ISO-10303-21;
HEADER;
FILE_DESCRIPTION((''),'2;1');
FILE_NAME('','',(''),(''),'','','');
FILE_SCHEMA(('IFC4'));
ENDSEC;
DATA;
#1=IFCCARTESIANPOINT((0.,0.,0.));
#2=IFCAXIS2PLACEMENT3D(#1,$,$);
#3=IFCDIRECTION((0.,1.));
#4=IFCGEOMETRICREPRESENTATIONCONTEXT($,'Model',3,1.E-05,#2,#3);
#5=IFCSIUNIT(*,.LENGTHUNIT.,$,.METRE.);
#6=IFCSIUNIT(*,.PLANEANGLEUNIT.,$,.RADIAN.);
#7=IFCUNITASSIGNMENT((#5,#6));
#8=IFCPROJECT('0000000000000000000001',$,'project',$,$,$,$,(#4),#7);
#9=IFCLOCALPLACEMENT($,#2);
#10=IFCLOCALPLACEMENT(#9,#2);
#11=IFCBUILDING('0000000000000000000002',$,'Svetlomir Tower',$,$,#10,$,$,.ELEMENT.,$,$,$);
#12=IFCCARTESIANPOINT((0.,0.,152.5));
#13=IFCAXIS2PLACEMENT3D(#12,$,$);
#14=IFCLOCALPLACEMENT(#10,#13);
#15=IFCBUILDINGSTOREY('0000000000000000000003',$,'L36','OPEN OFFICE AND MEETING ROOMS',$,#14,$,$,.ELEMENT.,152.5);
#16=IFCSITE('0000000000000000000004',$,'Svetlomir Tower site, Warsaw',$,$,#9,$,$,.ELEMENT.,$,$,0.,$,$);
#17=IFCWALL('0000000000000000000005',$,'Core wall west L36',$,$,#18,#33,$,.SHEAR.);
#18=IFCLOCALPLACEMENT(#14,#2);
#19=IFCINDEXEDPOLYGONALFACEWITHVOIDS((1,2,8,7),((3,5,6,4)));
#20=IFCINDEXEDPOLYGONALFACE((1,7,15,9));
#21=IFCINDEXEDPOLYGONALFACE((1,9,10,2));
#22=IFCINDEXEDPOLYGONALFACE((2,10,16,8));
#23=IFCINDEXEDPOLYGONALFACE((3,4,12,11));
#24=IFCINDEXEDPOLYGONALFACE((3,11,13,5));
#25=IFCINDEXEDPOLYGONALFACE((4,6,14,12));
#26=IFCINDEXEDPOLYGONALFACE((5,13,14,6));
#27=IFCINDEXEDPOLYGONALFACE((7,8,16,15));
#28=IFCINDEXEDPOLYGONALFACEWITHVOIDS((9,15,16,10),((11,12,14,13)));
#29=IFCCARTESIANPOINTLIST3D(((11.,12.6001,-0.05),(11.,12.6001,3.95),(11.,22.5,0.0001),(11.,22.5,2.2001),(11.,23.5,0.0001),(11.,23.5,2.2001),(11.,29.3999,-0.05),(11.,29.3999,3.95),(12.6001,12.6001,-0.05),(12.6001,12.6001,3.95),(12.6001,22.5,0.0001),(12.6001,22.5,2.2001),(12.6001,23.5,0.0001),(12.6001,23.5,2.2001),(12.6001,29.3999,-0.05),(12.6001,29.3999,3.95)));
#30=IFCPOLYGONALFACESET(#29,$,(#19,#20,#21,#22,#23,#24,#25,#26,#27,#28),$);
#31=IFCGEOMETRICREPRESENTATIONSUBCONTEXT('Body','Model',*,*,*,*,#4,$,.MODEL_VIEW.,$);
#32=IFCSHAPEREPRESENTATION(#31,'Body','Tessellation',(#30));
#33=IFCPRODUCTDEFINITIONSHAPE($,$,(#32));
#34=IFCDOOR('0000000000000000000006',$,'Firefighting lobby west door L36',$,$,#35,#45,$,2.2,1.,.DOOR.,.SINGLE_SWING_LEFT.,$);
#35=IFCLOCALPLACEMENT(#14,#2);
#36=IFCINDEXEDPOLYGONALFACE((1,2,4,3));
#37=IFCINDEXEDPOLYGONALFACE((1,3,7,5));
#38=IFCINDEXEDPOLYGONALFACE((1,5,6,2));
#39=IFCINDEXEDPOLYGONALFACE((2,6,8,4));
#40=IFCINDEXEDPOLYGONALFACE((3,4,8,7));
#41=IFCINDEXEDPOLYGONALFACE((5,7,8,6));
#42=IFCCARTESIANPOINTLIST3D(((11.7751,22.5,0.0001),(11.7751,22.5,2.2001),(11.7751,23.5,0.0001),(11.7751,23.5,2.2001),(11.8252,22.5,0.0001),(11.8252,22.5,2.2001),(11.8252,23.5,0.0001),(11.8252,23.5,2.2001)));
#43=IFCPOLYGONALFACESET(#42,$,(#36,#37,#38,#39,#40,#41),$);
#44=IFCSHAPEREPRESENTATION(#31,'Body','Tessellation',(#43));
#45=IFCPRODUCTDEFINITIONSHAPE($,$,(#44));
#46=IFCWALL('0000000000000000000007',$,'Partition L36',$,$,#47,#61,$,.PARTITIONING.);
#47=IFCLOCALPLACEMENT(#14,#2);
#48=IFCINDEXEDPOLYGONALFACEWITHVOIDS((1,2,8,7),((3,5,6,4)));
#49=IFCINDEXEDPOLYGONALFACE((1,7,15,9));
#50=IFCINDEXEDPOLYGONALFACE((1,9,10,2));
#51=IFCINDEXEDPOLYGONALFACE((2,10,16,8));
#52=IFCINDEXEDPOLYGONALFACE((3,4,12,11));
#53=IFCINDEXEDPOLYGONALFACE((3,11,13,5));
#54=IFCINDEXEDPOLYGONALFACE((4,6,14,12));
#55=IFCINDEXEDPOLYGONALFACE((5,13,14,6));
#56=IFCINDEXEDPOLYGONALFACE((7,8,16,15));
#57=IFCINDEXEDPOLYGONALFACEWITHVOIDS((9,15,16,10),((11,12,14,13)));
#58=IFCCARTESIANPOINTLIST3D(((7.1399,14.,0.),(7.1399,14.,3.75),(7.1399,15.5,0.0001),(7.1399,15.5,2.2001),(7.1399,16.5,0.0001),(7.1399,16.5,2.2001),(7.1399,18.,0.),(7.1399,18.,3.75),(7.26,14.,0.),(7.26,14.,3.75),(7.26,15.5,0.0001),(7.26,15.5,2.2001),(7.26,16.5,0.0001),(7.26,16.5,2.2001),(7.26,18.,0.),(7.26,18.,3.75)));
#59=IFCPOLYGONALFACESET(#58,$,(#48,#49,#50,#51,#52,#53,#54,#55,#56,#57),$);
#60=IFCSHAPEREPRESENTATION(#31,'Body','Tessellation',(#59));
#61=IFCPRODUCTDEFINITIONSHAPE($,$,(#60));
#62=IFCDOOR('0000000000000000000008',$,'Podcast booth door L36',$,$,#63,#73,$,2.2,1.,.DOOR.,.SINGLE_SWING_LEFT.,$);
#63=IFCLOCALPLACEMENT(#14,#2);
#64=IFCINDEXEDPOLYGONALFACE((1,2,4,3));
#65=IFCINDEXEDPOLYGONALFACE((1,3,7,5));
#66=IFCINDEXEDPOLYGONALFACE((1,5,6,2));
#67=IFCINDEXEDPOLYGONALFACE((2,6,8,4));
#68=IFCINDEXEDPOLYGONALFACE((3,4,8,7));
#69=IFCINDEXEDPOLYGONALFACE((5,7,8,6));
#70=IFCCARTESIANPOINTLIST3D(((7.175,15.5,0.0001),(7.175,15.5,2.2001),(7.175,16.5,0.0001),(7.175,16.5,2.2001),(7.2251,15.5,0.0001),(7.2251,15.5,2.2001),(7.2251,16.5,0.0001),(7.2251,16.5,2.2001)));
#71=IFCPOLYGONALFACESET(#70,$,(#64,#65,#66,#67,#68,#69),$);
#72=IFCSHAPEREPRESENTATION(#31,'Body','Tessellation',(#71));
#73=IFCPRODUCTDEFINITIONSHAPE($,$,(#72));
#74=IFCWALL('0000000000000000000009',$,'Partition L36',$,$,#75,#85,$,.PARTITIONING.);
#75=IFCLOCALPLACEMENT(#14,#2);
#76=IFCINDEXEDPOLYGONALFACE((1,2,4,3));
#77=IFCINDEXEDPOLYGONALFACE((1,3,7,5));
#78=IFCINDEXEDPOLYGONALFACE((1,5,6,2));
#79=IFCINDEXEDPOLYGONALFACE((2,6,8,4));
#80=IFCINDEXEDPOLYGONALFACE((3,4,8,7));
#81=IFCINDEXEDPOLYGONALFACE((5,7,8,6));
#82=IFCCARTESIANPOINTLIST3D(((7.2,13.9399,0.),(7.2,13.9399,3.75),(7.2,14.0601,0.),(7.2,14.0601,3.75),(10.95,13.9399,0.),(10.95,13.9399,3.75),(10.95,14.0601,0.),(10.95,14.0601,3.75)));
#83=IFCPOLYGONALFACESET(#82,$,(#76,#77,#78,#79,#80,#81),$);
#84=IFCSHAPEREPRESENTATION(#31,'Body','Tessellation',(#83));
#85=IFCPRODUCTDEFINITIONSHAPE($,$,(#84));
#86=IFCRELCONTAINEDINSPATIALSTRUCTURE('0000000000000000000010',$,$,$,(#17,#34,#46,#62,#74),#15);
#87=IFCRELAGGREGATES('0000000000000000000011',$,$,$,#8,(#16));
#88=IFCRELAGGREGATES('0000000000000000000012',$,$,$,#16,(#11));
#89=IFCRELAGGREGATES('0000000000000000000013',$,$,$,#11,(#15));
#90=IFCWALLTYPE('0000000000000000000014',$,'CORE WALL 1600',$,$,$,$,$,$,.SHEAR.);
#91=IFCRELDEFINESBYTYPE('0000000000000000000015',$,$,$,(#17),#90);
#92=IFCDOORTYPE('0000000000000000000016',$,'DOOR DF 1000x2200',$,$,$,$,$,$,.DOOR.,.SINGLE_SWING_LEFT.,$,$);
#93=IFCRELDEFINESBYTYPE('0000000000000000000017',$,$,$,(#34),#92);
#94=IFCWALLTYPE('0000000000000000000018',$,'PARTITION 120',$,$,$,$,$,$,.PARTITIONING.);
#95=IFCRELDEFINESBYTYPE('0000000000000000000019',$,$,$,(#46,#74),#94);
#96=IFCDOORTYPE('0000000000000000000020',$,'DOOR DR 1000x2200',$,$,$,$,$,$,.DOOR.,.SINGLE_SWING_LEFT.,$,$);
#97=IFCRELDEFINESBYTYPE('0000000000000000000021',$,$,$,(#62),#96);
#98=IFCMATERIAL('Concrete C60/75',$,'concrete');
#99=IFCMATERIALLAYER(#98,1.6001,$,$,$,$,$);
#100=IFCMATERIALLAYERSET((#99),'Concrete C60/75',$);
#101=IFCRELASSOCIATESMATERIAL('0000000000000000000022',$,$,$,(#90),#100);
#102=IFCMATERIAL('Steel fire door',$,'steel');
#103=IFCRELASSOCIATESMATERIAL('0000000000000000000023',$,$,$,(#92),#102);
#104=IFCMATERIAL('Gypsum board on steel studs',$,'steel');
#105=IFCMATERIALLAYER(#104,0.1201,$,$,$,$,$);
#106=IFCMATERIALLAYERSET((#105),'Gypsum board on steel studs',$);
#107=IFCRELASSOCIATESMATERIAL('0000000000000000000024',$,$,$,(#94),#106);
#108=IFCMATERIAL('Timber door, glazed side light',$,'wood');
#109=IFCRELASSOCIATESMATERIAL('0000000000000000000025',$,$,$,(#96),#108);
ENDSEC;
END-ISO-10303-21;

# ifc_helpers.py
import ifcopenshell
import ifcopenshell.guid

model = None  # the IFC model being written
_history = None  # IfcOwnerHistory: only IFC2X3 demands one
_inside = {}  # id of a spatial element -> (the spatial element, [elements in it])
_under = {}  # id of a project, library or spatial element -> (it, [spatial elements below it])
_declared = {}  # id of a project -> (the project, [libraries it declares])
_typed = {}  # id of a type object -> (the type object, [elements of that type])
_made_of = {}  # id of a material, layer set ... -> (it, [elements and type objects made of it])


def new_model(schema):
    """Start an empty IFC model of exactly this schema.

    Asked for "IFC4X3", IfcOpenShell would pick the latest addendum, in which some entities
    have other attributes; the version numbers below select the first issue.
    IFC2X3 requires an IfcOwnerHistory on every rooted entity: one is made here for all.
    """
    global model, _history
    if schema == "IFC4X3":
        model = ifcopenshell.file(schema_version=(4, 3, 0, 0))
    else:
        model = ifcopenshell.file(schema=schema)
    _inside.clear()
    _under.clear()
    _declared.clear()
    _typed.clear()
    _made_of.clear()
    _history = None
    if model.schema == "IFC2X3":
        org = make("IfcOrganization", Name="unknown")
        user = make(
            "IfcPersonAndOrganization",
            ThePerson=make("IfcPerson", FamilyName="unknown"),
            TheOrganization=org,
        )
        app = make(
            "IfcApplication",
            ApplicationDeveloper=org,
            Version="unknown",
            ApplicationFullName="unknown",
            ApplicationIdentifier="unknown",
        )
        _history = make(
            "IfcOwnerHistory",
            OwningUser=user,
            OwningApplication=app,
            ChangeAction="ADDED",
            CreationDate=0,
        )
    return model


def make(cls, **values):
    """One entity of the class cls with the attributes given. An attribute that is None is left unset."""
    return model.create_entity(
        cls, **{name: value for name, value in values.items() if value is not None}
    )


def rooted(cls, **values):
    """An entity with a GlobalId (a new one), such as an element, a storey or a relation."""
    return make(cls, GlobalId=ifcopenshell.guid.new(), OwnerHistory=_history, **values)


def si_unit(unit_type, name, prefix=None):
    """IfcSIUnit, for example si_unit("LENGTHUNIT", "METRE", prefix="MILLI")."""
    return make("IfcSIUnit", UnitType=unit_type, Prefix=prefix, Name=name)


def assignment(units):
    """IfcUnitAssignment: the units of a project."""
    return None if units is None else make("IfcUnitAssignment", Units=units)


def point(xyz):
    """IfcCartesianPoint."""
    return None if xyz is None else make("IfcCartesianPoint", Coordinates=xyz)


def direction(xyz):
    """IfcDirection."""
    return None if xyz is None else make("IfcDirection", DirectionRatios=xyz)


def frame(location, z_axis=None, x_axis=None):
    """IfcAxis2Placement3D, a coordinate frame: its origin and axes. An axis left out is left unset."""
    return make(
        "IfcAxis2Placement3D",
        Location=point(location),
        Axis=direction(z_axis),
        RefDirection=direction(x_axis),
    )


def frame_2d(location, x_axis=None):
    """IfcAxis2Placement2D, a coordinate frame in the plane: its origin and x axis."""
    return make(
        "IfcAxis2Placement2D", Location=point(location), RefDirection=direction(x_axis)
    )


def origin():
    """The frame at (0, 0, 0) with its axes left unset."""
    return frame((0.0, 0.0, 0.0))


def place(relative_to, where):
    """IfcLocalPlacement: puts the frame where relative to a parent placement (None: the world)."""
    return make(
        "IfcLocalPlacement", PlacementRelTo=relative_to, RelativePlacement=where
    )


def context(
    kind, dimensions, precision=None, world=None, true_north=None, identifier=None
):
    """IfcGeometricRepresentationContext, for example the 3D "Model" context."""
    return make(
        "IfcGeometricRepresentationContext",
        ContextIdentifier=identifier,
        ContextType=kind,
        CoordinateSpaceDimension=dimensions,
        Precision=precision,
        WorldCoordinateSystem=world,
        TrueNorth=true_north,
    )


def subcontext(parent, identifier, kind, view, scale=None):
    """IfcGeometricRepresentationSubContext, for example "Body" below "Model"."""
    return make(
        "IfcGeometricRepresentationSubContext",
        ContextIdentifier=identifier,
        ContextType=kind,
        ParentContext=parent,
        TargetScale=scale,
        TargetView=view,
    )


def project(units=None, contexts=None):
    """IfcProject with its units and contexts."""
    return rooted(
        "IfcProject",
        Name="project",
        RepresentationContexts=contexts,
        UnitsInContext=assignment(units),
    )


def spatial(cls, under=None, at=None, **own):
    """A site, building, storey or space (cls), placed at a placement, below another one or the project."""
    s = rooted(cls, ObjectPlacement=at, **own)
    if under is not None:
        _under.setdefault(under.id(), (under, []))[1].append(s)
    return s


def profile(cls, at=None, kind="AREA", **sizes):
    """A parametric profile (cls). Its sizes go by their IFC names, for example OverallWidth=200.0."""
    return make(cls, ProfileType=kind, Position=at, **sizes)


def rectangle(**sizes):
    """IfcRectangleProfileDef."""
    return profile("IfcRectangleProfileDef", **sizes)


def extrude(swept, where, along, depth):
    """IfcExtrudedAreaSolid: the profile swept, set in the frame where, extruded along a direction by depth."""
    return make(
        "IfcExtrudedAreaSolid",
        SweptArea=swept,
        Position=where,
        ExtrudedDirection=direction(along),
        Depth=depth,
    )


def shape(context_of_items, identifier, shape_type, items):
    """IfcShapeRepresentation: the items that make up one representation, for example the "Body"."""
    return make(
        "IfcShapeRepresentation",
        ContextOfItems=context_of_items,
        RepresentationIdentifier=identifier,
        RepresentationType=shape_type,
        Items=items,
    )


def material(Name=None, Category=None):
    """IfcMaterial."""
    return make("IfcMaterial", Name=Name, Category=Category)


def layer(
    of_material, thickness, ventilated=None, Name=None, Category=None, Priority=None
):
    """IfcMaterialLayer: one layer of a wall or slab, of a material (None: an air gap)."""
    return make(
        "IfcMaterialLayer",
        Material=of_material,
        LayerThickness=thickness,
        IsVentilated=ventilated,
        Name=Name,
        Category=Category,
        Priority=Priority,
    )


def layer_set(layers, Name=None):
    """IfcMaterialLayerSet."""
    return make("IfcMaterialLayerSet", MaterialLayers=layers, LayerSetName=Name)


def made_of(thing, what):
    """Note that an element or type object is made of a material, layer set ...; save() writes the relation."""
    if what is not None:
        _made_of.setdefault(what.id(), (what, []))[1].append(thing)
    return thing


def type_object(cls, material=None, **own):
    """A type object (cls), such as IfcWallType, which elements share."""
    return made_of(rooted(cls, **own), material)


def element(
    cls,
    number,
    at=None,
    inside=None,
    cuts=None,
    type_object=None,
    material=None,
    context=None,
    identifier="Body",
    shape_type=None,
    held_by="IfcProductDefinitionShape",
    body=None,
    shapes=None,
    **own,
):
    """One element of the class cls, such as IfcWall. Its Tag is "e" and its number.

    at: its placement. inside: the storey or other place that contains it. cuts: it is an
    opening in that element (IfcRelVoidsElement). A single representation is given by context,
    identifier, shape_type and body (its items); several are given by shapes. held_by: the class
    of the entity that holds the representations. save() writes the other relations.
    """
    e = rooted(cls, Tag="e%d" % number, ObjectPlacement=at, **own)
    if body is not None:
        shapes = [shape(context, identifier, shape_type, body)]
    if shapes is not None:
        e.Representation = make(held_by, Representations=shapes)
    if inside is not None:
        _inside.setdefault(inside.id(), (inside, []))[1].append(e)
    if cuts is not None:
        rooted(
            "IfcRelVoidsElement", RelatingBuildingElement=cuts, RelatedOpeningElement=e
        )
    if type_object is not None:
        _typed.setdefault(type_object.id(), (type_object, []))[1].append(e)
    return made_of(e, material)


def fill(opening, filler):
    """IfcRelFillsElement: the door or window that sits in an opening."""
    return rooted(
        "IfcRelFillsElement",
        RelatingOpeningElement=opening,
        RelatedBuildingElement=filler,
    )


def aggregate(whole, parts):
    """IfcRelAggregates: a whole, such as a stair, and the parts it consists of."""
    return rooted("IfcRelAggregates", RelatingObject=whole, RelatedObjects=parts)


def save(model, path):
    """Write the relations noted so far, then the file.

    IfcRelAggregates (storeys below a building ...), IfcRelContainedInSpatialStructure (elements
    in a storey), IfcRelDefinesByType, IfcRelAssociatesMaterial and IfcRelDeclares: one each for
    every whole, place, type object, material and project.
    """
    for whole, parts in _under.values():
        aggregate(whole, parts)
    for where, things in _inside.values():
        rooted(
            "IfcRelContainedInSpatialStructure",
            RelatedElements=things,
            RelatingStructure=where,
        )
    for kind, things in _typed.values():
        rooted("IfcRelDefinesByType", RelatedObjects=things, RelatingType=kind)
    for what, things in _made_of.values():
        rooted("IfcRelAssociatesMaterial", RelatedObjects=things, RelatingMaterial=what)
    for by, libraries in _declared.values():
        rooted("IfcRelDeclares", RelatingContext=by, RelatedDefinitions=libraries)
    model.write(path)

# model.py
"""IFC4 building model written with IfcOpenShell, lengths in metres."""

from ifc_helpers import new_model, si_unit, direction, frame, frame_2d, origin, place, context, subcontext, project, spatial, rectangle, extrude, material, layer, layer_set, type_object, element, fill, save


model = new_model("IFC4")

# Units and contexts
model_context = context("Model", 3, precision=1e-05, world=origin(), true_north=direction((0.0, 1.0)))
body_context = subcontext(model_context, "Body", "Model", "MODEL_VIEW")
ifc_project = project(units=[si_unit("LENGTHUNIT", "METRE"), si_unit("PLANEANGLEUNIT", "RADIAN")], contexts=[model_context])

# Site, building, storey
site_placement = place(None, origin())
site = spatial("IfcSite", under=ifc_project, at=site_placement, Name="Svetlomir Tower site, Warsaw", CompositionType="ELEMENT", RefElevation=0.0)
building_placement = place(site_placement, origin())
building = spatial("IfcBuilding", under=site, at=building_placement, Name="Svetlomir Tower", CompositionType="ELEMENT")
storey_placement = place(building_placement, frame((0.0, 0.0, 152.5)))
storey = spatial("IfcBuildingStorey", under=building, at=storey_placement, Name="L36", Description="OPEN OFFICE AND MEETING ROOMS", CompositionType="ELEMENT", Elevation=152.5)

# Walls, openings, doors
ifc_material_1 = material(Name="Concrete C60/75", Category="concrete")
ifc_layer_1 = layer(ifc_material_1, 1.6001)
ifc_layer_set_1 = layer_set([ifc_layer_1], Name="Concrete C60/75")
wall_type_1 = type_object("IfcWallType", Name="CORE WALL 1600", PredefinedType="SHEAR", material=ifc_layer_set_1)
wall_1_placement = place(storey_placement, frame((11.8, 12.6001, -0.05), z_axis=(0.0, 0.0, 1.0), x_axis=(0.0, 1.0, 0.0)))
wall_1 = element("IfcWall", 1, at=wall_1_placement, inside=storey, type_object=wall_type_1, Name="Core wall west L36", PredefinedType="SHEAR", context=body_context, shape_type="SweptSolid", body=[
    extrude(rectangle(XDim=16.7998, YDim=1.6001, at=frame_2d((8.3999, 0.0))), origin(), (0.0, 0.0, 1.0), 4.0),
])
opening_1_placement = place(wall_1_placement, frame((9.8999, 0.0, 0.05)))
opening_1 = element("IfcOpeningElement", 2, at=opening_1_placement, cuts=wall_1, PredefinedType="OPENING", context=body_context, shape_type="SweptSolid", body=[
    extrude(rectangle(XDim=1.0, YDim=2.2, at=frame_2d((0.5, 1.1001))), frame((0.0, 0.8101, 0.0), z_axis=(0.0, -1.0, 0.0), x_axis=(1.0, 0.0, 0.0)), (0.0, 0.0, 1.0), 1.6201),
])
ifc_material_2 = material(Name="Steel fire door", Category="steel")
door_type_1 = type_object("IfcDoorType", Name="DOOR DF 1000x2200", OperationType="SINGLE_SWING_LEFT", PredefinedType="DOOR", material=ifc_material_2)
door_1_placement = place(opening_1_placement, origin())
door_1 = element("IfcDoor", 3, at=door_1_placement, inside=storey, type_object=door_type_1, Name="Firefighting lobby west door L36", OperationType="SINGLE_SWING_LEFT", OverallHeight=2.2, OverallWidth=1.0, PredefinedType="DOOR", context=body_context, shape_type="SweptSolid", body=[
    extrude(rectangle(XDim=1.0, YDim=2.2, at=frame_2d((0.5, 1.1001))), frame((0.0, 0.0249, 0.0), z_axis=(0.0, -1.0, 0.0), x_axis=(1.0, 0.0, 0.0)), (0.0, 0.0, 1.0), 0.05),
])
fill(opening_1, door_1)
ifc_material_3 = material(Name="Gypsum board on steel studs", Category="steel")
ifc_layer_2 = layer(ifc_material_3, 0.1201)
ifc_layer_set_2 = layer_set([ifc_layer_2], Name="Gypsum board on steel studs")
wall_type_2 = type_object("IfcWallType", Name="PARTITION 120", PredefinedType="PARTITIONING", material=ifc_layer_set_2)
wall_2_placement = place(storey_placement, frame((7.2, 14.0, 0.0), z_axis=(0.0, 0.0, 1.0), x_axis=(0.0, 1.0, 0.0)))
wall_2 = element("IfcWall", 4, at=wall_2_placement, inside=storey, type_object=wall_type_2, Name="Partition L36", PredefinedType="PARTITIONING", context=body_context, shape_type="SweptSolid", body=[
    extrude(rectangle(XDim=4.0, YDim=0.1201, at=frame_2d((2.0, 0.0))), origin(), (0.0, 0.0, 1.0), 3.75),
])
opening_2_placement = place(wall_2_placement, frame((1.5, 0.0, 0.0)))
opening_2 = element("IfcOpeningElement", 5, at=opening_2_placement, cuts=wall_2, PredefinedType="OPENING", context=body_context, shape_type="SweptSolid", body=[
    extrude(rectangle(XDim=1.0, YDim=2.2, at=frame_2d((0.5, 1.1001))), frame((0.0, 0.0701, 0.0), z_axis=(0.0, -1.0, 0.0), x_axis=(1.0, 0.0, 0.0)), (0.0, 0.0, 1.0), 0.1401),
])
ifc_material_4 = material(Name="Timber door, glazed side light", Category="wood")
door_type_2 = type_object("IfcDoorType", Name="DOOR DR 1000x2200", OperationType="SINGLE_SWING_LEFT", PredefinedType="DOOR", material=ifc_material_4)
door_2_placement = place(opening_2_placement, origin())
door_2 = element("IfcDoor", 6, at=door_2_placement, inside=storey, type_object=door_type_2, Name="Podcast booth door L36", OperationType="SINGLE_SWING_LEFT", OverallHeight=2.2, OverallWidth=1.0, PredefinedType="DOOR", context=body_context, shape_type="SweptSolid", body=[
    extrude(rectangle(XDim=1.0, YDim=2.2, at=frame_2d((0.5, 1.1001))), frame((0.0, 0.0249, 0.0), z_axis=(0.0, -1.0, 0.0), x_axis=(1.0, 0.0, 0.0)), (0.0, 0.0, 1.0), 0.05),
])
fill(opening_2, door_2)

# Wall
wall_3_placement = place(storey_placement, frame((7.2, 14.0, 0.0), z_axis=(0.0, 0.0, 1.0), x_axis=(1.0, 0.0, 0.0)))
element("IfcWall", 7, at=wall_3_placement, inside=storey, type_object=wall_type_2, Name="Partition L36", PredefinedType="PARTITIONING", context=body_context, shape_type="SweptSolid", body=[
    extrude(rectangle(XDim=3.75, YDim=0.1201, at=frame_2d((1.875, 0.0))), origin(), (0.0, 0.0, 1.0), 3.75),
])

save(model, "model.ifc")
